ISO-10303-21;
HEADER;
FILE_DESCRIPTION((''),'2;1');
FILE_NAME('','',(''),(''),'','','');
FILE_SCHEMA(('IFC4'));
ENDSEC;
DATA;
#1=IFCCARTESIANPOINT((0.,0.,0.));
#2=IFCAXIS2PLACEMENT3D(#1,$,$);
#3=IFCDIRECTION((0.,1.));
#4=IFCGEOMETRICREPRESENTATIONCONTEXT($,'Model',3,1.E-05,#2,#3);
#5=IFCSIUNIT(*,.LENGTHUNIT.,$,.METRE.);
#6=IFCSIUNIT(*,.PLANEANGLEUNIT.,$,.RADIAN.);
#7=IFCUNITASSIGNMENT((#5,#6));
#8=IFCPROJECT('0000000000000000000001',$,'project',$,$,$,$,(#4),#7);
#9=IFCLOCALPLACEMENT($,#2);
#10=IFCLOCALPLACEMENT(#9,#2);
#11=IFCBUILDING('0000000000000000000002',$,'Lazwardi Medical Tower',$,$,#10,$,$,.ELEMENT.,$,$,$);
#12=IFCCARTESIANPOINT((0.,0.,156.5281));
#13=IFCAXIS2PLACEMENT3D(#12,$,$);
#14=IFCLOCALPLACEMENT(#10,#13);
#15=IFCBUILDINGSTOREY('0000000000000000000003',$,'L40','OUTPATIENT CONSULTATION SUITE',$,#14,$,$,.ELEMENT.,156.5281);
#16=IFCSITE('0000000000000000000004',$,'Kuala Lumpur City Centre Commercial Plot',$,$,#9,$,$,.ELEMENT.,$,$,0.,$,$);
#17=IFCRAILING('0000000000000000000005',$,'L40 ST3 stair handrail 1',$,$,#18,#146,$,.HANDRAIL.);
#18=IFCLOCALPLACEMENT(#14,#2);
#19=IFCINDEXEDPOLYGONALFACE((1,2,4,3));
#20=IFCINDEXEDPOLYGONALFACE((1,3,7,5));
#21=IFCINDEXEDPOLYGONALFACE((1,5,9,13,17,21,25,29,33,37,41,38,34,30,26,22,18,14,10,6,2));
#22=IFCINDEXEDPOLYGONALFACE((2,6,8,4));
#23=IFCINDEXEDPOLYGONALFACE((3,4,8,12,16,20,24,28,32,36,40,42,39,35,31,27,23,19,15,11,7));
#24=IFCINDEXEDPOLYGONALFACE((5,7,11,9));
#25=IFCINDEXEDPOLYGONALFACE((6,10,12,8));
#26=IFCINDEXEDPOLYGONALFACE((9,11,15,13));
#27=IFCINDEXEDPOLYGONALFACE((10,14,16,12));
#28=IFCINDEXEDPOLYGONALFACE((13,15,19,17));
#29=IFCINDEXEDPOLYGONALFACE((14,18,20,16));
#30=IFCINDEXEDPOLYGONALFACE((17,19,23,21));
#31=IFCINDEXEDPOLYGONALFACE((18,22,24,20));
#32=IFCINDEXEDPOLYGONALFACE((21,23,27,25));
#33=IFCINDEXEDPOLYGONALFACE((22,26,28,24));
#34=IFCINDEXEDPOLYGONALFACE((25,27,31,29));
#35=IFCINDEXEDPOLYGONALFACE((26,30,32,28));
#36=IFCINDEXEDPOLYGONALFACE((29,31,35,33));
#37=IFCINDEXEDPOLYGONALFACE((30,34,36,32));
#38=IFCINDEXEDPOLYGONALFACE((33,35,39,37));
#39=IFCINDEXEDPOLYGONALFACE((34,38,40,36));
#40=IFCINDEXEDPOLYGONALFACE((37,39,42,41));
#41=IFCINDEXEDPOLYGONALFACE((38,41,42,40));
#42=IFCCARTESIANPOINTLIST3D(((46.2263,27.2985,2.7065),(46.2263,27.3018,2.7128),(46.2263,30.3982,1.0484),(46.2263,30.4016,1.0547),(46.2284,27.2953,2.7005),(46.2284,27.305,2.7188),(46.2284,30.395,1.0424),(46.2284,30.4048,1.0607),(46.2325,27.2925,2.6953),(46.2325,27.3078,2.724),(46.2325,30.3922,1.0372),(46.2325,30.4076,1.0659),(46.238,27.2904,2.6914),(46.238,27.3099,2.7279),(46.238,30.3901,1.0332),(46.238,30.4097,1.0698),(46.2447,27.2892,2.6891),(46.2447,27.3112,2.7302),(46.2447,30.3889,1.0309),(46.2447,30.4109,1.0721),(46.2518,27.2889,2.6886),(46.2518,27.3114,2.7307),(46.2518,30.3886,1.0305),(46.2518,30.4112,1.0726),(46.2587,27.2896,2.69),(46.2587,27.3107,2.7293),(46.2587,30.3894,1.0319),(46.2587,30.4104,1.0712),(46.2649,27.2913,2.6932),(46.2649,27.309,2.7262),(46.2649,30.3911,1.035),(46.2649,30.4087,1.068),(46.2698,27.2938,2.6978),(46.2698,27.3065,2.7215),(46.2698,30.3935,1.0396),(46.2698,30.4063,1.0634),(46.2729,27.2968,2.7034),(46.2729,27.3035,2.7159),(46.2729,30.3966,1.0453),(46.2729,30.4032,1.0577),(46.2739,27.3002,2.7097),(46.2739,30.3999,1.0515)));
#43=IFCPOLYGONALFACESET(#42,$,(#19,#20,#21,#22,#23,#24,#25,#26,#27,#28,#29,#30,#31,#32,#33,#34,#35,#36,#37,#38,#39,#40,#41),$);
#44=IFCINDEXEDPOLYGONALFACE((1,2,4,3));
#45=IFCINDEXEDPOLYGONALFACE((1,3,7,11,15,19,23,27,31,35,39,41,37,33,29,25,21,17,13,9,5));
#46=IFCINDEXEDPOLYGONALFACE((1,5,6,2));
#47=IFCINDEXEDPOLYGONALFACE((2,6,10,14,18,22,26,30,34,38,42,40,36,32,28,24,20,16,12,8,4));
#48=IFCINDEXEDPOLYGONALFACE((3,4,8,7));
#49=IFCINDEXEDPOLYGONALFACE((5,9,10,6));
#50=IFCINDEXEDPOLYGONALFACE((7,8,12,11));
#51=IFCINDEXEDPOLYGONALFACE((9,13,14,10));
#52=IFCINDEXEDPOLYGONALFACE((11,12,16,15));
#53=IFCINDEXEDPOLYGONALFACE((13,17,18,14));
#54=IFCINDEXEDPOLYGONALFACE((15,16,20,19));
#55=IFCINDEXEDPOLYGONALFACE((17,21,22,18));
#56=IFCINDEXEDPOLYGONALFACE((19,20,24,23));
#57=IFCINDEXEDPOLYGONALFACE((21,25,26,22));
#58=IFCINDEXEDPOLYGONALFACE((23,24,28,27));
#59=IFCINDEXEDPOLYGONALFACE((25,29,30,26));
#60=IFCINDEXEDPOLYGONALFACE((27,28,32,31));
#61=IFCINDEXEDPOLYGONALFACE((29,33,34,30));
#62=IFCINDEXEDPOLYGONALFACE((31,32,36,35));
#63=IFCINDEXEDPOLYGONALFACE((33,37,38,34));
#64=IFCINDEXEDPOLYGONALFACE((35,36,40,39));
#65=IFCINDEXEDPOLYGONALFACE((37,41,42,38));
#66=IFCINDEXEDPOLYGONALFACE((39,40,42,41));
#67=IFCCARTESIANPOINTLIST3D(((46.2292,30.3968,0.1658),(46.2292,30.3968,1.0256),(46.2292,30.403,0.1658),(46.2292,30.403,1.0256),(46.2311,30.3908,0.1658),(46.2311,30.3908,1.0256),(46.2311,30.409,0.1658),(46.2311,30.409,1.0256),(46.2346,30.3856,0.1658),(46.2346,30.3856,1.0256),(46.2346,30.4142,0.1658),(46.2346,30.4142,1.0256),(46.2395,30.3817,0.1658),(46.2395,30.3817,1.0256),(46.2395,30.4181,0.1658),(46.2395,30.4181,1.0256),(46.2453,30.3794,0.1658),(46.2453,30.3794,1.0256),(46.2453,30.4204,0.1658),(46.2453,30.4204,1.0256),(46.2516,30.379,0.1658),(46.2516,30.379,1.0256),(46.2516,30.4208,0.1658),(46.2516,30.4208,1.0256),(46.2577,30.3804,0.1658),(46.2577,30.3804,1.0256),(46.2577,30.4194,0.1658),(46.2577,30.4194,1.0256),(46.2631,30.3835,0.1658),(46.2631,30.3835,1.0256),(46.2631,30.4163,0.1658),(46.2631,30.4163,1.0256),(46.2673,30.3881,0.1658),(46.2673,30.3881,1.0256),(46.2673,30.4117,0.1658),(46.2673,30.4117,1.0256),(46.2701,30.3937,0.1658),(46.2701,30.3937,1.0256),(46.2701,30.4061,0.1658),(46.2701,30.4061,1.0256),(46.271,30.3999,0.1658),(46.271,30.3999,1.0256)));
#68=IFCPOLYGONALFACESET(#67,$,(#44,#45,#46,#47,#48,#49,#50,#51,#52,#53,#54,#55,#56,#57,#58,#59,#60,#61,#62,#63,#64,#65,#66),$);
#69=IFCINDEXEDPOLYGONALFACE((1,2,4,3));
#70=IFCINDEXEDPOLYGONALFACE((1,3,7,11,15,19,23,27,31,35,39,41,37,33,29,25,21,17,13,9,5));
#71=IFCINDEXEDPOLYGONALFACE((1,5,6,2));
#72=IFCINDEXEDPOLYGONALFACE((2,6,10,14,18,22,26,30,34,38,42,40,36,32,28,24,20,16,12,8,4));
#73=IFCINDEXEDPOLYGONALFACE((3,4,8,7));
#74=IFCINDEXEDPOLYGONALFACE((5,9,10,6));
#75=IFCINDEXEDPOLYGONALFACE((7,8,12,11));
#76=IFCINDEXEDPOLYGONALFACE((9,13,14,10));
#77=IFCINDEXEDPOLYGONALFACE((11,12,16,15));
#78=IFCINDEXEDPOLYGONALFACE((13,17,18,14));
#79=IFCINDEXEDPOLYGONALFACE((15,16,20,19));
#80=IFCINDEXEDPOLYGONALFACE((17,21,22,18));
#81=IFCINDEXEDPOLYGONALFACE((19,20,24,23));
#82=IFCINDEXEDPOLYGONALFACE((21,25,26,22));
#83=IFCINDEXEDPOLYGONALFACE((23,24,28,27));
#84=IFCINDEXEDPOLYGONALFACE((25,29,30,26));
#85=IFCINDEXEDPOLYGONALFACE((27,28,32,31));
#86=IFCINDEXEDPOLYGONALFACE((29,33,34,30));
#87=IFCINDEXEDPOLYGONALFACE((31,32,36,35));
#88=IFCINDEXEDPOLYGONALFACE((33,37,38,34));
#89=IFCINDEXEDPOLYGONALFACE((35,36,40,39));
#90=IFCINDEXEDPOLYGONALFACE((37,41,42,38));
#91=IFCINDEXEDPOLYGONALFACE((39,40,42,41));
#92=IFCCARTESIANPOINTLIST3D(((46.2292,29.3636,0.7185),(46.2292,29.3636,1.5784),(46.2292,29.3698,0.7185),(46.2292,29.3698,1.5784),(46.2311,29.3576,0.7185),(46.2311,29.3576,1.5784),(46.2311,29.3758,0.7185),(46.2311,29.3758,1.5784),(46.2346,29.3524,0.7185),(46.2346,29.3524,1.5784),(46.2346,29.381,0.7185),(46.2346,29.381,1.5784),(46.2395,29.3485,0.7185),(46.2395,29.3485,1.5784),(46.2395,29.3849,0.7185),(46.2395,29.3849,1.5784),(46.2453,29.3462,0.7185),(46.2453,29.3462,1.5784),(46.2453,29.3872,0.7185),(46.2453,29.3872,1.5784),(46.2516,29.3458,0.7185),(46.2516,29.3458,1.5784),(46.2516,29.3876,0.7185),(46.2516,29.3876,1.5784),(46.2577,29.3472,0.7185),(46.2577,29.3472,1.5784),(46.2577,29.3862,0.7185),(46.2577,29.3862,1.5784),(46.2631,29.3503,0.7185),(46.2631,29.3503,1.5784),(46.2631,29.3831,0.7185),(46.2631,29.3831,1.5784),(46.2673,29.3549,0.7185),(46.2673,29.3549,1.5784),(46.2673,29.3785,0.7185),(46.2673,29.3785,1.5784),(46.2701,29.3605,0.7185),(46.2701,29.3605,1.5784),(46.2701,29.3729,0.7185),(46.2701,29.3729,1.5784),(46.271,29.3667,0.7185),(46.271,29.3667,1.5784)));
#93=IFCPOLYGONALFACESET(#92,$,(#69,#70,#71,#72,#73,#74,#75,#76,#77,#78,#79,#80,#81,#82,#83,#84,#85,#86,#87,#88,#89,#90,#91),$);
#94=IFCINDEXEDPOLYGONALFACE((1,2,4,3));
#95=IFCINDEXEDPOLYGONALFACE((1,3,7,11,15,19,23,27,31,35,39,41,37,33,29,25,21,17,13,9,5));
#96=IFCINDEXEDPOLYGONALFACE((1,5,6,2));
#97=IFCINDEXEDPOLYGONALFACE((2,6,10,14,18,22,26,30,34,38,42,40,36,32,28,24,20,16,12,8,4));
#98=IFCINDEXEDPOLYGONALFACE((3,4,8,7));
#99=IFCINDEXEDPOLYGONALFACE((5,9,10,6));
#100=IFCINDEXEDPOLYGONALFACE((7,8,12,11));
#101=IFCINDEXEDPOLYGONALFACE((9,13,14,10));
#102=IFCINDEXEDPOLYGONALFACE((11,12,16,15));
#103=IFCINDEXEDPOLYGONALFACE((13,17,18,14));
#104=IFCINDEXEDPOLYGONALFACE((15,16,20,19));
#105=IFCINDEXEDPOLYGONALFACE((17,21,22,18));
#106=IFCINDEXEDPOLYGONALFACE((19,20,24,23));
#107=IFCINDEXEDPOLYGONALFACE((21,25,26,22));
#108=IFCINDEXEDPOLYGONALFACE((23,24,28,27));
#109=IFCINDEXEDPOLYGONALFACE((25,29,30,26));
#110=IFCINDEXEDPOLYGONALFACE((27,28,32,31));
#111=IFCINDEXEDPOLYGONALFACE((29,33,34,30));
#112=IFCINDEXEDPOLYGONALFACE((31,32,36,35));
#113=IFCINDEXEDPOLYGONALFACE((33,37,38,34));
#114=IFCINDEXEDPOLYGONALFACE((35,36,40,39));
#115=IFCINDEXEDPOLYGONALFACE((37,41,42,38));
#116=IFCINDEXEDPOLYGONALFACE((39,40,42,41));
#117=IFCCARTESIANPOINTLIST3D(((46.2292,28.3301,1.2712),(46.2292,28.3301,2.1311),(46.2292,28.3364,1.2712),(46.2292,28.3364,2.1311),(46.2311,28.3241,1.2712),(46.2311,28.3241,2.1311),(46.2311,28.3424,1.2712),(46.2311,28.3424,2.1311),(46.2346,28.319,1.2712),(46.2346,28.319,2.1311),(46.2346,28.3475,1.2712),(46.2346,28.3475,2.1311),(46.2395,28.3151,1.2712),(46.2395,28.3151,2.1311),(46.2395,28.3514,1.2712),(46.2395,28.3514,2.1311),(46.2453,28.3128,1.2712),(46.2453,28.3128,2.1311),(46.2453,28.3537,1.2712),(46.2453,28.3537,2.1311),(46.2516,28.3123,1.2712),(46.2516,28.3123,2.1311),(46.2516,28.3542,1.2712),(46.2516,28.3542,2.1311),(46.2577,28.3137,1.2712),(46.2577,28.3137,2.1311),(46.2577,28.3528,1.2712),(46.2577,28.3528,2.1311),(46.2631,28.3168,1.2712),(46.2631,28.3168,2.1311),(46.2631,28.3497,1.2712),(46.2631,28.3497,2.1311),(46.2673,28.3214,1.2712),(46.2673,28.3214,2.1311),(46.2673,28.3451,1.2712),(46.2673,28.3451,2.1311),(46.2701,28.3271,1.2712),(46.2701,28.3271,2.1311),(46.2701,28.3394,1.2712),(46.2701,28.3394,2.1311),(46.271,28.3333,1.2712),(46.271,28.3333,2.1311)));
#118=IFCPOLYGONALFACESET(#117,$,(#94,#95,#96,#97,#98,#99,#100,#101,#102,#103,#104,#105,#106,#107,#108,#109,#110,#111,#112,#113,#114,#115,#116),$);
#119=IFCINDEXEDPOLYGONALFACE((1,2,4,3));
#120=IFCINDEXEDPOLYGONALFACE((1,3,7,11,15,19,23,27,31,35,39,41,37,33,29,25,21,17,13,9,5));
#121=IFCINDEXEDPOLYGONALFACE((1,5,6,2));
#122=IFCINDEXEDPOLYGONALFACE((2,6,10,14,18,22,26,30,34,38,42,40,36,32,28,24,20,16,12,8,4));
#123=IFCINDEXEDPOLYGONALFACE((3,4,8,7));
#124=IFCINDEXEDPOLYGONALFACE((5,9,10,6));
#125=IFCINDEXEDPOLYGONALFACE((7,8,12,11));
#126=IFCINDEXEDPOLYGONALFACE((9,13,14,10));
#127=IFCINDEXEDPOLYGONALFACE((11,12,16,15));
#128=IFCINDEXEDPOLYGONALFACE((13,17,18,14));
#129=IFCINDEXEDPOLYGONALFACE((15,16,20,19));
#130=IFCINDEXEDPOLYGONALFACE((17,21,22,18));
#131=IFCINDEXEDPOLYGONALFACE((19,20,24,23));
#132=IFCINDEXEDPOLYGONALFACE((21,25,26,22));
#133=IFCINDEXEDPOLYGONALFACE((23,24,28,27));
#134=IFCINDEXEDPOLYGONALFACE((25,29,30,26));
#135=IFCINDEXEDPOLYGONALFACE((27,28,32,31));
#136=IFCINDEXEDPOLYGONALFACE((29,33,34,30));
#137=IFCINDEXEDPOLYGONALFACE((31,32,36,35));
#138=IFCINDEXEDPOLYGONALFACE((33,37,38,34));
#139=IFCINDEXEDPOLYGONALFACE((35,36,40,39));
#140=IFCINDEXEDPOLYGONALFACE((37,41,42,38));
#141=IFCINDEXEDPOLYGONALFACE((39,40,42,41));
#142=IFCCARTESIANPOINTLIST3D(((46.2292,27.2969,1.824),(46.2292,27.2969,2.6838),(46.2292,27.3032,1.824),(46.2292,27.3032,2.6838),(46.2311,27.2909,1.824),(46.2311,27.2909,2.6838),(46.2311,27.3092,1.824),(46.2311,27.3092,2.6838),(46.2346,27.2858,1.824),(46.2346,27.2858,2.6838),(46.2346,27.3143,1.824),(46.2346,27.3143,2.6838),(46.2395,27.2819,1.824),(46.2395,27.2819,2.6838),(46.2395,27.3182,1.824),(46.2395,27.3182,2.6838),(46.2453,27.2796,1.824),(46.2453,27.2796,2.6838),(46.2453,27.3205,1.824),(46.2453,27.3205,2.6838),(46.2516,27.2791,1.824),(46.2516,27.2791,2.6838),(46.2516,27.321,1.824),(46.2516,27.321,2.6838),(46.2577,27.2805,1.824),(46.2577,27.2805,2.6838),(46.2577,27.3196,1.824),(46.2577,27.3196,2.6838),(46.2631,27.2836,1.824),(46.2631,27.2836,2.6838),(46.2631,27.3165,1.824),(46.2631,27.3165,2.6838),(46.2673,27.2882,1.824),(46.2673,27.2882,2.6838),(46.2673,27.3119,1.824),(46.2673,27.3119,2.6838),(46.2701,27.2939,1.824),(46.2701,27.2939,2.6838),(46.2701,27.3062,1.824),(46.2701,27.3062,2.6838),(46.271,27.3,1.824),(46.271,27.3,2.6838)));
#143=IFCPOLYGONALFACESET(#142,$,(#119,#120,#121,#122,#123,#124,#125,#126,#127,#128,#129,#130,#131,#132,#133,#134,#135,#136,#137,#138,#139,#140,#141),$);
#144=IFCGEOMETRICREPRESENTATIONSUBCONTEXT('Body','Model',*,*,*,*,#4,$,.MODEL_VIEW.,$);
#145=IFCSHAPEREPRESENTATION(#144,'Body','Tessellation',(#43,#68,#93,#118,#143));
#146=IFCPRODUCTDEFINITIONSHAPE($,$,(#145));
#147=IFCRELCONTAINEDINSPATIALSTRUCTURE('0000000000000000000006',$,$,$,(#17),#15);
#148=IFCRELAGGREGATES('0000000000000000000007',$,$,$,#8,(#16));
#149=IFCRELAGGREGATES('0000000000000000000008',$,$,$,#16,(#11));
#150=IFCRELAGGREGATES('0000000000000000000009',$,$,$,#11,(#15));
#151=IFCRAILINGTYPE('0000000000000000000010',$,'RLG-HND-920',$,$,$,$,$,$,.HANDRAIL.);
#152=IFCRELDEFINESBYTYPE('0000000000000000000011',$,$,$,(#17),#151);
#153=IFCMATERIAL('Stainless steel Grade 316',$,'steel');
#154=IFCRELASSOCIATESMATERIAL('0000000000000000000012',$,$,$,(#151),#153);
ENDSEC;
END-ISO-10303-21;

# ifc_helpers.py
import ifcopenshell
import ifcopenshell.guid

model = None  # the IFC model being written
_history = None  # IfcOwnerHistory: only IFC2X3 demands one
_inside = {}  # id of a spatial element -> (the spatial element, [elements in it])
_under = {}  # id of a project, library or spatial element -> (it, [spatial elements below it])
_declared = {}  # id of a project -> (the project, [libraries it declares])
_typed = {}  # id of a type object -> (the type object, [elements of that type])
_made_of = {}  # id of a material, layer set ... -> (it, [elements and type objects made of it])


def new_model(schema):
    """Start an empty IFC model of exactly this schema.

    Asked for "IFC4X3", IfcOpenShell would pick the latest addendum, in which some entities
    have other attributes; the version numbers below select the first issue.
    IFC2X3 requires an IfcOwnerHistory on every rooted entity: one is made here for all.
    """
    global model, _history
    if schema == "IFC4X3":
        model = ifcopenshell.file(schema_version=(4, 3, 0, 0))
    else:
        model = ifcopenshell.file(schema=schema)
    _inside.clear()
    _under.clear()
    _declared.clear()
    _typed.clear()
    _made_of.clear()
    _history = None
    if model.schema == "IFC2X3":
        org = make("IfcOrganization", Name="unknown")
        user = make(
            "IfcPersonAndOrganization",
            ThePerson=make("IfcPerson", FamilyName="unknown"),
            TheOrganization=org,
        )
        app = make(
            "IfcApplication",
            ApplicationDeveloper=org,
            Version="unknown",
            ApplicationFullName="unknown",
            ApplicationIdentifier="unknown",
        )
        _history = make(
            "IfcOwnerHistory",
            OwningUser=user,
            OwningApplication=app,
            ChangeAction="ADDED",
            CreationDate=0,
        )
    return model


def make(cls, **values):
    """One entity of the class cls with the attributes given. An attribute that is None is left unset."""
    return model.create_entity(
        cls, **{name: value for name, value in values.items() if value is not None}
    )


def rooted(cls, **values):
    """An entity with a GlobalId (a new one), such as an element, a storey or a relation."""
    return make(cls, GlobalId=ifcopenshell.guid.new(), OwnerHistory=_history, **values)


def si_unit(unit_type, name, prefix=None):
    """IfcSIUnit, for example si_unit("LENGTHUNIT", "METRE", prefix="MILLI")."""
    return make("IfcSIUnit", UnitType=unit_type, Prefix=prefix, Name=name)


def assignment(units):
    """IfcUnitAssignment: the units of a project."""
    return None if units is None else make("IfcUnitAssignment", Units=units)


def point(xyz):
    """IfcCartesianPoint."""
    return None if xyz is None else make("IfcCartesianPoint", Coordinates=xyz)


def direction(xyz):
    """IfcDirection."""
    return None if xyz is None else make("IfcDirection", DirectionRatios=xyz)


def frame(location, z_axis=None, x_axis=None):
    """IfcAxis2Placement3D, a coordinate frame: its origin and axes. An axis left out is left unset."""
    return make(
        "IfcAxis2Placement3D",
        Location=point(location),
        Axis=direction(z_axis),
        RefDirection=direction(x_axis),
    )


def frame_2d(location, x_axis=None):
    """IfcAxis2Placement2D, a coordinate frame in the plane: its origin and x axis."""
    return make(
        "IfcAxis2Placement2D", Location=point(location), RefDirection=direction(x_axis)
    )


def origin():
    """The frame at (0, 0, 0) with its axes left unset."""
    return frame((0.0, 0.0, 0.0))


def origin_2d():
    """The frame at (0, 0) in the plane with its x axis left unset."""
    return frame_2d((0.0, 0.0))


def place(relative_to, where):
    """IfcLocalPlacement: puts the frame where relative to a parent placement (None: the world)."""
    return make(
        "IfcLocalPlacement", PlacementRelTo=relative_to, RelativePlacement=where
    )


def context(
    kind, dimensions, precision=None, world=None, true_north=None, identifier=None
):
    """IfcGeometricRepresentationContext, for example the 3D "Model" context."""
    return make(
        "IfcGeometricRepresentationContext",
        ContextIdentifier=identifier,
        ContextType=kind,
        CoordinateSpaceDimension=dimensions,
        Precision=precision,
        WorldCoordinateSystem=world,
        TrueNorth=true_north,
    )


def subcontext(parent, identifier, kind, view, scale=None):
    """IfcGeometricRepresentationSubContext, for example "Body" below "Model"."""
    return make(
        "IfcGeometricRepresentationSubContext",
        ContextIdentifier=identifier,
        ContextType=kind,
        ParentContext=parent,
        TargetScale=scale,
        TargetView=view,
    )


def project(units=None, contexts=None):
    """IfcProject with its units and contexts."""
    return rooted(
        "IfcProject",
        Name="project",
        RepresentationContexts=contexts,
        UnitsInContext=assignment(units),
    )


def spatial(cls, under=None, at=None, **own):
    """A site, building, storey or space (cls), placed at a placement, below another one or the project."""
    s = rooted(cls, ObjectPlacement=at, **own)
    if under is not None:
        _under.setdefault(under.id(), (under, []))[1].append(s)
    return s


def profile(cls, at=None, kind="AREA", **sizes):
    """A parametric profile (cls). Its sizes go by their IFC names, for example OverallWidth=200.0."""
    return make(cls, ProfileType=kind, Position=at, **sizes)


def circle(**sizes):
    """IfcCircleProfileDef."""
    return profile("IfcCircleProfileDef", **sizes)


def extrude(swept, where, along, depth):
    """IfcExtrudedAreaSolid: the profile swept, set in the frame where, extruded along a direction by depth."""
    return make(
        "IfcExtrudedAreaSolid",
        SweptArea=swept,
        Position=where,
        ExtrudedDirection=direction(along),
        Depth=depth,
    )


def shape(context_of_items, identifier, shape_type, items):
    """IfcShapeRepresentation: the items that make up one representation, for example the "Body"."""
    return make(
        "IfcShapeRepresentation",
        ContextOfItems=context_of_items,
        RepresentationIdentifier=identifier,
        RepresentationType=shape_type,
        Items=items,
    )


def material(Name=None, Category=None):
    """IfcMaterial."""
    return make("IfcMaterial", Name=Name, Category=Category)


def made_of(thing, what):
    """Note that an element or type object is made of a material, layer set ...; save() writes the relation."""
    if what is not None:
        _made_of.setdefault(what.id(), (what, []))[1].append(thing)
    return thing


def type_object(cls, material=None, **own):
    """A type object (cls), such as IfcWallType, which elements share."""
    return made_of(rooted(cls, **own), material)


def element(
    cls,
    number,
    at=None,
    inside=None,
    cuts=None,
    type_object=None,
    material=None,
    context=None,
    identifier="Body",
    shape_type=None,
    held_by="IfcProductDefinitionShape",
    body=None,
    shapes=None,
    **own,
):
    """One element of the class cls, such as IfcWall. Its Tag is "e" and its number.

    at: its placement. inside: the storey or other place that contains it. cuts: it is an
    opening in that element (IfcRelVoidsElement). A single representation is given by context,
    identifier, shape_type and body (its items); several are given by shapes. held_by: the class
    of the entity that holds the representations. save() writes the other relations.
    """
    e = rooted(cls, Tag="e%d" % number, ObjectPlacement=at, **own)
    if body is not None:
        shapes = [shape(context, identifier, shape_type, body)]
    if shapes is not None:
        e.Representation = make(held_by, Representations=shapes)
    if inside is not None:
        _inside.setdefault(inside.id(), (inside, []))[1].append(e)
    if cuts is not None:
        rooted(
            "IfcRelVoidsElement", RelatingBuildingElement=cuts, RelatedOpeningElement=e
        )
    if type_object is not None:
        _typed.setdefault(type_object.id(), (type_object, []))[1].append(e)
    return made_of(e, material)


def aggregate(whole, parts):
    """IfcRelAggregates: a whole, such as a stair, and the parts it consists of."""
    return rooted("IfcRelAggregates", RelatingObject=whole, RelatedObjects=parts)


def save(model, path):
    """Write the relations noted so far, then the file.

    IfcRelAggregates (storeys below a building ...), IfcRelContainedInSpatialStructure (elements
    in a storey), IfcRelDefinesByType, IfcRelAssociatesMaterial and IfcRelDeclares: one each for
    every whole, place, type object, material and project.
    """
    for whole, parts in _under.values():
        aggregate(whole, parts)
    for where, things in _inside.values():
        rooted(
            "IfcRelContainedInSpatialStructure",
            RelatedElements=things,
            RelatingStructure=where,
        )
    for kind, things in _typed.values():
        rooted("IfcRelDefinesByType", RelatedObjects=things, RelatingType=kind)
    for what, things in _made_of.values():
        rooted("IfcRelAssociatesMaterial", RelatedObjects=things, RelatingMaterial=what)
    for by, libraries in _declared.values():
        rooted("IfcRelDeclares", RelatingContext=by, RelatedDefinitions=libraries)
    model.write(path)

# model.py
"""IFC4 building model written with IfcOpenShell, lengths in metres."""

from ifc_helpers import new_model, si_unit, direction, frame, origin, origin_2d, place, context, subcontext, project, spatial, circle, extrude, material, type_object, element, save


model = new_model("IFC4")

# Units and contexts
model_context = context("Model", 3, precision=1e-05, world=origin(), true_north=direction((0.0, 1.0)))
body_context = subcontext(model_context, "Body", "Model", "MODEL_VIEW")
ifc_project = project(units=[si_unit("LENGTHUNIT", "METRE"), si_unit("PLANEANGLEUNIT", "RADIAN")], contexts=[model_context])

# Site, building, storey
site_placement = place(None, origin())
site = spatial("IfcSite", under=ifc_project, at=site_placement, Name="Kuala Lumpur City Centre Commercial Plot", CompositionType="ELEMENT", RefElevation=0.0)
building_placement = place(site_placement, origin())
building = spatial("IfcBuilding", under=site, at=building_placement, Name="Lazwardi Medical Tower", CompositionType="ELEMENT")
storey_placement = place(building_placement, frame((0.0, 0.0, 156.5281)))
storey = spatial("IfcBuildingStorey", under=building, at=storey_placement, Name="L40", Description="OUTPATIENT CONSULTATION SUITE", CompositionType="ELEMENT", Elevation=156.5281)

# Railing
ifc_material_1 = material(Name="Stainless steel Grade 316", Category="steel")
railing_type_1 = type_object("IfcRailingType", Name="RLG-HND-920", PredefinedType="HANDRAIL", material=ifc_material_1)
railing_1_placement = place(storey_placement, frame((46.25, 30.3999, 0.1658)))
element("IfcRailing", 1, at=railing_1_placement, inside=storey, type_object=railing_type_1, Name="L40 ST3 stair handrail 1", PredefinedType="HANDRAIL", context=body_context, shape_type="SweptSolid", body=[
    extrude(circle(Radius=0.0239, at=origin_2d()), frame((0.0, 0.0, 0.8857), z_axis=(0.0, -0.881768, 0.471684), x_axis=(1.0, 0.0, 0.0)), (0.0, 0.0, 1.0), 3.5154),
    extrude(circle(Radius=0.021, at=origin_2d()), origin(), (0.0, 0.0, 1.0), 0.8599),
    extrude(circle(Radius=0.021, at=origin_2d()), frame((0.0, -1.0332, 0.5527)), (0.0, 0.0, 1.0), 0.8599),
    extrude(circle(Radius=0.021, at=origin_2d()), frame((0.0, -2.0667, 1.1055)), (0.0, 0.0, 1.0), 0.8599),
    extrude(circle(Radius=0.021, at=origin_2d()), frame((0.0, -3.0999, 1.6582)), (0.0, 0.0, 1.0), 0.8599),
])

save(model, "model.ifc")
